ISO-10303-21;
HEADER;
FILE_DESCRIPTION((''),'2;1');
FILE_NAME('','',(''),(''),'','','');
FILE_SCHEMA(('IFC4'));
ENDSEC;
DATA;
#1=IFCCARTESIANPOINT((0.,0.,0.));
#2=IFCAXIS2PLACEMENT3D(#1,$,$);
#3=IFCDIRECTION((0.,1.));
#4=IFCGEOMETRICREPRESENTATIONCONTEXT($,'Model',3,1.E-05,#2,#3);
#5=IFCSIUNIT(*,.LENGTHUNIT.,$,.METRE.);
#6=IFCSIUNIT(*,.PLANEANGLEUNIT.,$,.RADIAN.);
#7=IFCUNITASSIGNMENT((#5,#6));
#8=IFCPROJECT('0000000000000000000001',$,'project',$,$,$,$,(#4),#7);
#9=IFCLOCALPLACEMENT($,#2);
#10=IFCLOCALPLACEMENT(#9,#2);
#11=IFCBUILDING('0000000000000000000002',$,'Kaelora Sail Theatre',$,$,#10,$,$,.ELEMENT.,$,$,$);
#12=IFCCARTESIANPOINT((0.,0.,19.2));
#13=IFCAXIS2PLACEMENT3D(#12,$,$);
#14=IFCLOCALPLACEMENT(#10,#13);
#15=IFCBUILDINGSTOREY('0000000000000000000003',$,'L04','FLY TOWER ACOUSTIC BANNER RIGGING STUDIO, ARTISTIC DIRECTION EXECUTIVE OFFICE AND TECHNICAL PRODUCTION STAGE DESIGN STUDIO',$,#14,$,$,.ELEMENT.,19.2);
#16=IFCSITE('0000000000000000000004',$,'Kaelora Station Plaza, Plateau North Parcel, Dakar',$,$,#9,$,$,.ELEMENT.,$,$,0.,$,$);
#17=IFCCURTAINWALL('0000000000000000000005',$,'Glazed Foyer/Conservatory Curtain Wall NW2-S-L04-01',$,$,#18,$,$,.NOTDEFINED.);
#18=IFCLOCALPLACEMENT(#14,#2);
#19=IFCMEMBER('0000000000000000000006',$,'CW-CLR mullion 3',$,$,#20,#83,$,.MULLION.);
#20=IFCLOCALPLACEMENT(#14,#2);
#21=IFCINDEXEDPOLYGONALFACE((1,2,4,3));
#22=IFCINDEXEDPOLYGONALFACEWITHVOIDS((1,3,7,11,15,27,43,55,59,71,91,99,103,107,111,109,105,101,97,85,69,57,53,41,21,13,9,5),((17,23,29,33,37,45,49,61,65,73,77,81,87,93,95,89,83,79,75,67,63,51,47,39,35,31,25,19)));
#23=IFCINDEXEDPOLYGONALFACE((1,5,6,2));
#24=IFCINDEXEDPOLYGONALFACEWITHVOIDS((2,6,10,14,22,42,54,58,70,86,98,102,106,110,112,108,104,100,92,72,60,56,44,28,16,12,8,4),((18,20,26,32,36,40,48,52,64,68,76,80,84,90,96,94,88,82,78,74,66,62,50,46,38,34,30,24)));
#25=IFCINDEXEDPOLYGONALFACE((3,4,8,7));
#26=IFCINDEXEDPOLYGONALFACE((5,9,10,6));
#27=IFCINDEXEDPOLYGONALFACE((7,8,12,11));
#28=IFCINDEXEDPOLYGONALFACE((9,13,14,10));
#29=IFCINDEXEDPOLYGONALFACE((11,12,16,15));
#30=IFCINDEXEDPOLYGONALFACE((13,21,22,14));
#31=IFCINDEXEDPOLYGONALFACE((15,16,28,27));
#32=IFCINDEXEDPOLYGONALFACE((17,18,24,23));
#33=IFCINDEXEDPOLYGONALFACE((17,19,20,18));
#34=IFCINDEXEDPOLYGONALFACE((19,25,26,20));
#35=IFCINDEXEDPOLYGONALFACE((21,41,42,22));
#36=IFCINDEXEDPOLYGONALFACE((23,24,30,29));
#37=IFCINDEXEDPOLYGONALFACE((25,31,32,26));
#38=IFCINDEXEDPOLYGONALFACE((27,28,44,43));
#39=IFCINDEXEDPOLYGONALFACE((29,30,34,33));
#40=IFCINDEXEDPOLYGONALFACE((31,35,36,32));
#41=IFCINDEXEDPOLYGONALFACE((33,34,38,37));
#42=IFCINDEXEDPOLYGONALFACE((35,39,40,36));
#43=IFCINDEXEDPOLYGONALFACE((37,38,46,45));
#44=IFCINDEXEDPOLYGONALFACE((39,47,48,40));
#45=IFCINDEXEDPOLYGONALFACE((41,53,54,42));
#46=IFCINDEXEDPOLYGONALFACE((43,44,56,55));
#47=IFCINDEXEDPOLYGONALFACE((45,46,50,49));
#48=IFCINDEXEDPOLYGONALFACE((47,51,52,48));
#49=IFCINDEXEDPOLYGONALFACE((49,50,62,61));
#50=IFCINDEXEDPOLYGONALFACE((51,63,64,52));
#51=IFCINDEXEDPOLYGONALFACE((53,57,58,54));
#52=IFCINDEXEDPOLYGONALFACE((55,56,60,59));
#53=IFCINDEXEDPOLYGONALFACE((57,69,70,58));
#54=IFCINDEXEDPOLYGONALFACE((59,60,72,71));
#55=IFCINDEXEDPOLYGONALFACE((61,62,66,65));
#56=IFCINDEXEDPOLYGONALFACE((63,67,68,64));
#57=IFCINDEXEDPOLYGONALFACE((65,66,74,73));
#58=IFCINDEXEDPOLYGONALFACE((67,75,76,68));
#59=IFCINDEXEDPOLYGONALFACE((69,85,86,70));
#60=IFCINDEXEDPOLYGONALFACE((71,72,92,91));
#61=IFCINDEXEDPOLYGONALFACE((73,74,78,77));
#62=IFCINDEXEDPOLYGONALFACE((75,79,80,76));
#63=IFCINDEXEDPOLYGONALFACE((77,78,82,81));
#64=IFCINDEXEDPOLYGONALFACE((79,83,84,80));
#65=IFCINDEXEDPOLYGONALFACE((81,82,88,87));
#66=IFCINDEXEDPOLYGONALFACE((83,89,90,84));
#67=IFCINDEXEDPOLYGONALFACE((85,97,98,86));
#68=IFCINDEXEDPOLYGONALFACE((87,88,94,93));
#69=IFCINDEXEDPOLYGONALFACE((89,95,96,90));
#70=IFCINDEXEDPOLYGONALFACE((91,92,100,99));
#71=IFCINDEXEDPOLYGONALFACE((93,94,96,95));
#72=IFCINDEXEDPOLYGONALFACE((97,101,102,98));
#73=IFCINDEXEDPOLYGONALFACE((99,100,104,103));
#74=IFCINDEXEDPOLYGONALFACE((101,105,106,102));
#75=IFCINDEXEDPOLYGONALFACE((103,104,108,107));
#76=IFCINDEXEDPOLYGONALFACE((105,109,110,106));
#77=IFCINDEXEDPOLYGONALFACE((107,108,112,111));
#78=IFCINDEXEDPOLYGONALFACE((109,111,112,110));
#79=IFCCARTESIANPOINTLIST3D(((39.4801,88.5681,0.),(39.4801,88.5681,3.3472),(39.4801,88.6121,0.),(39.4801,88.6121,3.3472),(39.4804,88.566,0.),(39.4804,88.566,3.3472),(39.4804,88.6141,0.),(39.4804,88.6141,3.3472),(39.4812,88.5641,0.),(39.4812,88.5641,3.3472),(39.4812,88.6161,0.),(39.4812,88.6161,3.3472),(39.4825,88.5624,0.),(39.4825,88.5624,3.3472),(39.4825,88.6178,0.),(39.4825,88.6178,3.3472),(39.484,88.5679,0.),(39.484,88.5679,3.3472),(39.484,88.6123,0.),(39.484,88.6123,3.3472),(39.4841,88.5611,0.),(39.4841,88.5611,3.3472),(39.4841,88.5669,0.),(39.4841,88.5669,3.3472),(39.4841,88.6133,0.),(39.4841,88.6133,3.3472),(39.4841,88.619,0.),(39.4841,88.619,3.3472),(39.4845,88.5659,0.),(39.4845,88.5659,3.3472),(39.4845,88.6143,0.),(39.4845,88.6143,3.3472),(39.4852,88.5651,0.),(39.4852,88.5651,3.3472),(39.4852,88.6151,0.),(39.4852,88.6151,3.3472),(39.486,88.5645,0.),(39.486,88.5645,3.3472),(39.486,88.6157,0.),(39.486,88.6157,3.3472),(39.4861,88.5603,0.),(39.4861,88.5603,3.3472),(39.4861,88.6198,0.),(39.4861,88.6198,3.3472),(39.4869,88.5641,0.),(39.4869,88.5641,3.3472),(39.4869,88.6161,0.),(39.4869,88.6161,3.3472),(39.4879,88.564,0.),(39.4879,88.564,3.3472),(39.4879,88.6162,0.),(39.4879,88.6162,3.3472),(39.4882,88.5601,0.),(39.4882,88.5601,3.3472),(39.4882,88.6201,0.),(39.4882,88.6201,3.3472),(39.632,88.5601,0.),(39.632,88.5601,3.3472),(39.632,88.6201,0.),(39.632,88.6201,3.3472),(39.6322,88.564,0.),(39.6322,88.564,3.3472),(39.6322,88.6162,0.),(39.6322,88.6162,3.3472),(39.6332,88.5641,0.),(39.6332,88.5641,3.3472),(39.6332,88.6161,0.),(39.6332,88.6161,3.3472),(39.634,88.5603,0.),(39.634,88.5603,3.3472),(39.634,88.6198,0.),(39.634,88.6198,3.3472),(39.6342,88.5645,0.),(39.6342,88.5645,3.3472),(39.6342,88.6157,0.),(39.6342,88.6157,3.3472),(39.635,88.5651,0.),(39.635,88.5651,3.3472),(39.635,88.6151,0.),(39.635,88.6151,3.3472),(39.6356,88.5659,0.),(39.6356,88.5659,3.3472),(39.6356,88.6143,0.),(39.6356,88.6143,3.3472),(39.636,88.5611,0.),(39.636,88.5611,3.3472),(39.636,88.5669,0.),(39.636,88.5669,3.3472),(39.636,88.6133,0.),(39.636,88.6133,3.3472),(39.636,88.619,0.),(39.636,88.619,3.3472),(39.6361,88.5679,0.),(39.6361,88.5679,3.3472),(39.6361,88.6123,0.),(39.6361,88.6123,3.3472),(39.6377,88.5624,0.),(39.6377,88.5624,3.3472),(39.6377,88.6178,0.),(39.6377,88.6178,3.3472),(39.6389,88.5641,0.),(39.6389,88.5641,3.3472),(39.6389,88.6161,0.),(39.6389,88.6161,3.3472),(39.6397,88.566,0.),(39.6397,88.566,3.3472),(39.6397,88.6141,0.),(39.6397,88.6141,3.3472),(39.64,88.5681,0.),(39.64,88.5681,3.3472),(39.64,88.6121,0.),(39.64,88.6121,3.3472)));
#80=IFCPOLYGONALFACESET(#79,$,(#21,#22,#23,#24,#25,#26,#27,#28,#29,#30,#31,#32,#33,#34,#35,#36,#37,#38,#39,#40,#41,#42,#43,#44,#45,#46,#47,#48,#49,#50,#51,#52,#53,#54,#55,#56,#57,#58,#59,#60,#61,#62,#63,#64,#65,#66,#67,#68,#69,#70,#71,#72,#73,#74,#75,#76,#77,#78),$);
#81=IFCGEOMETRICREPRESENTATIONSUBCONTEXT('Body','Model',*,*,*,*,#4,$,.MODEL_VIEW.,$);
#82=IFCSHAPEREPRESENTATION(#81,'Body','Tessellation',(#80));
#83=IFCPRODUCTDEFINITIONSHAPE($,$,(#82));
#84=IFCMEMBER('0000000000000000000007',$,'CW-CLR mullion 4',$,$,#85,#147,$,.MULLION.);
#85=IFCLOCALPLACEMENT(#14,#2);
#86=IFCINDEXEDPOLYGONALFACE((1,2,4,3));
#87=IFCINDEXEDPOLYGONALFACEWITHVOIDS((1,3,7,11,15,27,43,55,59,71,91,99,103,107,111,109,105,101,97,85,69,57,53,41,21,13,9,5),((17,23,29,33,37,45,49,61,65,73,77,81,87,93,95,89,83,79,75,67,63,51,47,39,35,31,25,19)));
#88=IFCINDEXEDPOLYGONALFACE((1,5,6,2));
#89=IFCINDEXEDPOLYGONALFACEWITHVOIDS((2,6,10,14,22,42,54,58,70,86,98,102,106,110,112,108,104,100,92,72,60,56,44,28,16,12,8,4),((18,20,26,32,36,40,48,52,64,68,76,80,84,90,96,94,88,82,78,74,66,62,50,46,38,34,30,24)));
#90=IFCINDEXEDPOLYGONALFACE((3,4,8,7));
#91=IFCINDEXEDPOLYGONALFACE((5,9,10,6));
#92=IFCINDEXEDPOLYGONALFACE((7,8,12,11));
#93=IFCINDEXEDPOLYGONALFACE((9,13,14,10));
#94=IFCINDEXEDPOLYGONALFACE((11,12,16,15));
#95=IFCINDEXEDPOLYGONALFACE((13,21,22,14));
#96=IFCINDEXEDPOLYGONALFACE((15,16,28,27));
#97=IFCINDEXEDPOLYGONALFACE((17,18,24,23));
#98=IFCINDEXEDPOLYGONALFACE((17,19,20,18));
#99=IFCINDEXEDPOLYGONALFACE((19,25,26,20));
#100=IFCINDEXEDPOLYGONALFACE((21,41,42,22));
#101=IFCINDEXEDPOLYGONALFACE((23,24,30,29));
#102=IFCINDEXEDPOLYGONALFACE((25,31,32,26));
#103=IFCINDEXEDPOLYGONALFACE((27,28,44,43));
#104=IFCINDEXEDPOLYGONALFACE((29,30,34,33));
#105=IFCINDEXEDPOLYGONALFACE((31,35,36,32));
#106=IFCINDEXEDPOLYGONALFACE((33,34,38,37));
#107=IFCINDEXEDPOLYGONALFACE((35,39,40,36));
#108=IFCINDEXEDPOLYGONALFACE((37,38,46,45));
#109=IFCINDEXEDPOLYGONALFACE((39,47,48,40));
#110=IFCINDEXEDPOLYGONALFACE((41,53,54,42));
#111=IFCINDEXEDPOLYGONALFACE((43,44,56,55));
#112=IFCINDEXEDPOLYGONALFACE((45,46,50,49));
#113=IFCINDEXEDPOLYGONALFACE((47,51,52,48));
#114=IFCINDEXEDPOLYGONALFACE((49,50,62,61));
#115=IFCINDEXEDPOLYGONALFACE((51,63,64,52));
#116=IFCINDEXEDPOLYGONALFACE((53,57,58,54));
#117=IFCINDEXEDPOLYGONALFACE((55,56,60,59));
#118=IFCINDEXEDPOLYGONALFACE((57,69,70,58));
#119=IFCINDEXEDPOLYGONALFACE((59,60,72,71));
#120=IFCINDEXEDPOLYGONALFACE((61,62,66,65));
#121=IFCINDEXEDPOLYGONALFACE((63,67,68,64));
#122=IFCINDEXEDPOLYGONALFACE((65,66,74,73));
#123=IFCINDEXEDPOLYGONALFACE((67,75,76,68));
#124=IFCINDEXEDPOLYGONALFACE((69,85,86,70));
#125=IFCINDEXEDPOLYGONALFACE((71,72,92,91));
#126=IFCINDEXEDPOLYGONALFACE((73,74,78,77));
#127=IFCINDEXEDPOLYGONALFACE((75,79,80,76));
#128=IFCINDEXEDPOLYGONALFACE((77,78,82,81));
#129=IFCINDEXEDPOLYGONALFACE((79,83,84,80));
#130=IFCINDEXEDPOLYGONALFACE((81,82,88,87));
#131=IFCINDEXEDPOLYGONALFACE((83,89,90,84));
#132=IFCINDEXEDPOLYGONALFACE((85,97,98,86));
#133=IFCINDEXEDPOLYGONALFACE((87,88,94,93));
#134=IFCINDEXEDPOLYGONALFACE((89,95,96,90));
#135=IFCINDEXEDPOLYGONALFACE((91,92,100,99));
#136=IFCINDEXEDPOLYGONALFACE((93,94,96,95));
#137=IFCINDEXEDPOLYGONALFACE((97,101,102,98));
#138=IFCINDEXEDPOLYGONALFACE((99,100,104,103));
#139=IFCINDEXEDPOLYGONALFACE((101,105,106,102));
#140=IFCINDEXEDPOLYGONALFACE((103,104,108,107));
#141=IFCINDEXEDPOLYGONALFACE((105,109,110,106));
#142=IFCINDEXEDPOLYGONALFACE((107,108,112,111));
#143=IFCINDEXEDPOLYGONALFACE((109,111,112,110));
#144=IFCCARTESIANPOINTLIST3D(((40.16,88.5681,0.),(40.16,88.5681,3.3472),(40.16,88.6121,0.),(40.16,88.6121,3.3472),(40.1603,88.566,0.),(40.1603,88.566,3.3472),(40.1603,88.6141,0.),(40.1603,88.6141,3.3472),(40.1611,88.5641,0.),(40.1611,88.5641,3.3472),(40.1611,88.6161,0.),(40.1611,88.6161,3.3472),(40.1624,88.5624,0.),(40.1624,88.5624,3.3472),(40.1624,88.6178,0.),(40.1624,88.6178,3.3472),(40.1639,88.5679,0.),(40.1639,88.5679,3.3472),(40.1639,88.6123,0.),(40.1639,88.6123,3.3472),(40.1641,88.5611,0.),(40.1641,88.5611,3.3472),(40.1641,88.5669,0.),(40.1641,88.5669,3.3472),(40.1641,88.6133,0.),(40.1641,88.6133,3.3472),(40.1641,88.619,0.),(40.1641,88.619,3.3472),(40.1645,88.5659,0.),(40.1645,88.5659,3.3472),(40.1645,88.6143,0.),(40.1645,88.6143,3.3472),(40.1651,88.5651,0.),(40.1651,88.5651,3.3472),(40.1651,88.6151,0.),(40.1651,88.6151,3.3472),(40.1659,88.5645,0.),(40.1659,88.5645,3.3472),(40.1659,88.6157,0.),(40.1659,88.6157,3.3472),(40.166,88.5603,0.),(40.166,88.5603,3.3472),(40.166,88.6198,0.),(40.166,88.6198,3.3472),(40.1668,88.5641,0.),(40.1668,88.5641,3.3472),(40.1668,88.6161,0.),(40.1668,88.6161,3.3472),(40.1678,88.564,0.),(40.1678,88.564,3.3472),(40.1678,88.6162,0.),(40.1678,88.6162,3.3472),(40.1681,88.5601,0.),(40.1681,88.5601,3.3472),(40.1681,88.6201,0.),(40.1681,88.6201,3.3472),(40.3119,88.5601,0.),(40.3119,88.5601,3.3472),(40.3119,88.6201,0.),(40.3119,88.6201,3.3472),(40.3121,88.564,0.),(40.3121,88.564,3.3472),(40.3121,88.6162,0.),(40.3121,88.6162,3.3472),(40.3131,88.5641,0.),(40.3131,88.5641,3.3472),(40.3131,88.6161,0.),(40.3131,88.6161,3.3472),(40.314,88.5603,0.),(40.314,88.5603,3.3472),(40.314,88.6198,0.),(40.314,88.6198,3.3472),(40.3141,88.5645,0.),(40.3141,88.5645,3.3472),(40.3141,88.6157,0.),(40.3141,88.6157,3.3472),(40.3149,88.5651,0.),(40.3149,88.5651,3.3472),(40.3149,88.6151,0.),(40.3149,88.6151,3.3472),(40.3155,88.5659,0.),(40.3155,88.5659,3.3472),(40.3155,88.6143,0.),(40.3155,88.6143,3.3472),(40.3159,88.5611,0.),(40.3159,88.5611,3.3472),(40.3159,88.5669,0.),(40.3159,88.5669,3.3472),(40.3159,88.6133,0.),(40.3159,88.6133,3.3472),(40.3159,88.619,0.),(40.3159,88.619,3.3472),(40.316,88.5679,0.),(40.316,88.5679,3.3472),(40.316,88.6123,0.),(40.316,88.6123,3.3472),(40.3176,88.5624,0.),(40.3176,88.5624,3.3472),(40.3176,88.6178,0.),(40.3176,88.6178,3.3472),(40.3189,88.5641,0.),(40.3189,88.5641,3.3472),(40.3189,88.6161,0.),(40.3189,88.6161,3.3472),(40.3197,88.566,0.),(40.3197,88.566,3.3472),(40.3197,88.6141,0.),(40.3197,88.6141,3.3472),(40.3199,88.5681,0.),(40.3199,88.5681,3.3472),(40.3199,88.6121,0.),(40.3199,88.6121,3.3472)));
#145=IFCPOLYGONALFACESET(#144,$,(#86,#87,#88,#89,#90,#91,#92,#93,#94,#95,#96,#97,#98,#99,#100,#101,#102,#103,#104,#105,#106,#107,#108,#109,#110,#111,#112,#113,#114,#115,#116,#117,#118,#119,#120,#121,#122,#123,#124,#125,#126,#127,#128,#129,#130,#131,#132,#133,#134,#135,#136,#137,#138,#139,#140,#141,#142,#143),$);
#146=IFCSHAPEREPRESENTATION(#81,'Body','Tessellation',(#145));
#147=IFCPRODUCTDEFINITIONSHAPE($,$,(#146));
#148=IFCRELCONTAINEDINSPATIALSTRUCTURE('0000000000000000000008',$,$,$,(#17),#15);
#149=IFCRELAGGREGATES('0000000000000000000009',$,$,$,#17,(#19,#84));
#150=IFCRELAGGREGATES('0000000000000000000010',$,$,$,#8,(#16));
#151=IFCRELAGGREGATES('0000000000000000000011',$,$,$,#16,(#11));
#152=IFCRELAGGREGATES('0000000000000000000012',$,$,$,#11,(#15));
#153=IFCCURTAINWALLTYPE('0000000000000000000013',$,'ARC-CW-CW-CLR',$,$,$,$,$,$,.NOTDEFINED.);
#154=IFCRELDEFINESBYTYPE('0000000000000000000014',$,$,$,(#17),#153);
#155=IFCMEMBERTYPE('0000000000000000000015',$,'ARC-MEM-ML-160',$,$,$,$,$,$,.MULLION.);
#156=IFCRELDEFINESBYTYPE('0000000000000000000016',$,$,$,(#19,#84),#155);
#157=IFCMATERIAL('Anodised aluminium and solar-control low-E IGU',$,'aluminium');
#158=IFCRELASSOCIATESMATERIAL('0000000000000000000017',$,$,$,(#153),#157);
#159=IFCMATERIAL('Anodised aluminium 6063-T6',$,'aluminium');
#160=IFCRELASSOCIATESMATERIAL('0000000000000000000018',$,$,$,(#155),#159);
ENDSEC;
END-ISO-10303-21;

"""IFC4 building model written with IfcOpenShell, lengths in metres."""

from ifc_helpers import new_model, si_unit, direction, frame, origin, origin_2d, place, context, subcontext, project, spatial, hollow_rectangle, extrude, material, material_profile, profile_set, type_object, element, aggregate, save


model = new_model("IFC4")

# Units and contexts
model_context = context("Model", 3, precision=1e-05, world=origin(), true_north=direction((0.0, 1.0)))
body_context = subcontext(model_context, "Body", "Model", "MODEL_VIEW")
ifc_project = project(units=[si_unit("LENGTHUNIT", "METRE"), si_unit("PLANEANGLEUNIT", "RADIAN")], contexts=[model_context])

# Site, building, storey
site_placement = place(None, origin())
site = spatial("IfcSite", under=ifc_project, at=site_placement, Name="Kaelora Station Plaza, Plateau North Parcel, Dakar", CompositionType="ELEMENT", RefElevation=0.0)
building_placement = place(site_placement, origin())
building = spatial("IfcBuilding", under=site, at=building_placement, Name="Kaelora Sail Theatre", CompositionType="ELEMENT")
storey_placement = place(building_placement, frame((0.0, 0.0, 19.2)))
storey = spatial("IfcBuildingStorey", under=building, at=storey_placement, Name="L04", Description="FLY TOWER ACOUSTIC BANNER RIGGING STUDIO, ARTISTIC DIRECTION EXECUTIVE OFFICE AND TECHNICAL PRODUCTION STAGE DESIGN STUDIO", CompositionType="ELEMENT", Elevation=19.2)

# Curtain wall, members
ifc_material_1 = material(Name="Anodised aluminium and solar-control low-E IGU", Category="aluminium")
curtain_wall_type = type_object("IfcCurtainWallType", Name="ARC-CW-CW-CLR", PredefinedType="NOTDEFINED", material=ifc_material_1)
curtain_wall_placement = place(storey_placement, origin())
curtain_wall = element("IfcCurtainWall", 1, at=curtain_wall_placement, inside=storey, type_object=curtain_wall_type, Name="Glazed Foyer/Conservatory Curtain Wall NW2-S-L04-01", PredefinedType="NOTDEFINED")
ifc_material_2 = material(Name="Anodised aluminium 6063-T6", Category="aluminium")
ifc_material_profile_1 = material_profile(ifc_material_2, hollow_rectangle(XDim=0.0601, YDim=0.1599, WallThickness=0.0039, InnerFilletRadius=0.0039, OuterFilletRadius=0.0081, at=origin_2d()), Name="ALU-MULL 60x160x4")
ifc_profile_set_1 = profile_set([ifc_material_profile_1], Name="Anodised aluminium 6063-T6")
member_type_1 = type_object("IfcMemberType", Name="ARC-MEM-ML-160", PredefinedType="MULLION", material=ifc_profile_set_1)
member_1_placement = place(storey_placement, frame((39.5601, 88.5901, 0.0), z_axis=(0.0, 0.0, 1.0), x_axis=(0.0, 1.0, 0.0)))
member_1 = element("IfcMember", 2, at=member_1_placement, type_object=member_type_1, Name="CW-CLR mullion 3", PredefinedType="MULLION", context=body_context, shape_type="SweptSolid", body=[
    extrude(hollow_rectangle(XDim=0.0601, YDim=0.1599, WallThickness=0.0039, InnerFilletRadius=0.0039, OuterFilletRadius=0.0081, at=origin_2d()), origin(), (0.0, 0.0, 1.0), 3.3472),
])
member_2_placement = place(storey_placement, frame((40.24, 88.5901, 0.0), z_axis=(0.0, 0.0, 1.0), x_axis=(0.0, 1.0, 0.0)))
member_2 = element("IfcMember", 3, at=member_2_placement, type_object=member_type_1, Name="CW-CLR mullion 4", PredefinedType="MULLION", context=body_context, shape_type="SweptSolid", body=[
    extrude(hollow_rectangle(XDim=0.0601, YDim=0.1599, WallThickness=0.0039, InnerFilletRadius=0.0039, OuterFilletRadius=0.0081, at=origin_2d()), origin(), (0.0, 0.0, 1.0), 3.3472),
])
aggregate(curtain_wall, [member_1, member_2])

save(model, "model.ifc")
